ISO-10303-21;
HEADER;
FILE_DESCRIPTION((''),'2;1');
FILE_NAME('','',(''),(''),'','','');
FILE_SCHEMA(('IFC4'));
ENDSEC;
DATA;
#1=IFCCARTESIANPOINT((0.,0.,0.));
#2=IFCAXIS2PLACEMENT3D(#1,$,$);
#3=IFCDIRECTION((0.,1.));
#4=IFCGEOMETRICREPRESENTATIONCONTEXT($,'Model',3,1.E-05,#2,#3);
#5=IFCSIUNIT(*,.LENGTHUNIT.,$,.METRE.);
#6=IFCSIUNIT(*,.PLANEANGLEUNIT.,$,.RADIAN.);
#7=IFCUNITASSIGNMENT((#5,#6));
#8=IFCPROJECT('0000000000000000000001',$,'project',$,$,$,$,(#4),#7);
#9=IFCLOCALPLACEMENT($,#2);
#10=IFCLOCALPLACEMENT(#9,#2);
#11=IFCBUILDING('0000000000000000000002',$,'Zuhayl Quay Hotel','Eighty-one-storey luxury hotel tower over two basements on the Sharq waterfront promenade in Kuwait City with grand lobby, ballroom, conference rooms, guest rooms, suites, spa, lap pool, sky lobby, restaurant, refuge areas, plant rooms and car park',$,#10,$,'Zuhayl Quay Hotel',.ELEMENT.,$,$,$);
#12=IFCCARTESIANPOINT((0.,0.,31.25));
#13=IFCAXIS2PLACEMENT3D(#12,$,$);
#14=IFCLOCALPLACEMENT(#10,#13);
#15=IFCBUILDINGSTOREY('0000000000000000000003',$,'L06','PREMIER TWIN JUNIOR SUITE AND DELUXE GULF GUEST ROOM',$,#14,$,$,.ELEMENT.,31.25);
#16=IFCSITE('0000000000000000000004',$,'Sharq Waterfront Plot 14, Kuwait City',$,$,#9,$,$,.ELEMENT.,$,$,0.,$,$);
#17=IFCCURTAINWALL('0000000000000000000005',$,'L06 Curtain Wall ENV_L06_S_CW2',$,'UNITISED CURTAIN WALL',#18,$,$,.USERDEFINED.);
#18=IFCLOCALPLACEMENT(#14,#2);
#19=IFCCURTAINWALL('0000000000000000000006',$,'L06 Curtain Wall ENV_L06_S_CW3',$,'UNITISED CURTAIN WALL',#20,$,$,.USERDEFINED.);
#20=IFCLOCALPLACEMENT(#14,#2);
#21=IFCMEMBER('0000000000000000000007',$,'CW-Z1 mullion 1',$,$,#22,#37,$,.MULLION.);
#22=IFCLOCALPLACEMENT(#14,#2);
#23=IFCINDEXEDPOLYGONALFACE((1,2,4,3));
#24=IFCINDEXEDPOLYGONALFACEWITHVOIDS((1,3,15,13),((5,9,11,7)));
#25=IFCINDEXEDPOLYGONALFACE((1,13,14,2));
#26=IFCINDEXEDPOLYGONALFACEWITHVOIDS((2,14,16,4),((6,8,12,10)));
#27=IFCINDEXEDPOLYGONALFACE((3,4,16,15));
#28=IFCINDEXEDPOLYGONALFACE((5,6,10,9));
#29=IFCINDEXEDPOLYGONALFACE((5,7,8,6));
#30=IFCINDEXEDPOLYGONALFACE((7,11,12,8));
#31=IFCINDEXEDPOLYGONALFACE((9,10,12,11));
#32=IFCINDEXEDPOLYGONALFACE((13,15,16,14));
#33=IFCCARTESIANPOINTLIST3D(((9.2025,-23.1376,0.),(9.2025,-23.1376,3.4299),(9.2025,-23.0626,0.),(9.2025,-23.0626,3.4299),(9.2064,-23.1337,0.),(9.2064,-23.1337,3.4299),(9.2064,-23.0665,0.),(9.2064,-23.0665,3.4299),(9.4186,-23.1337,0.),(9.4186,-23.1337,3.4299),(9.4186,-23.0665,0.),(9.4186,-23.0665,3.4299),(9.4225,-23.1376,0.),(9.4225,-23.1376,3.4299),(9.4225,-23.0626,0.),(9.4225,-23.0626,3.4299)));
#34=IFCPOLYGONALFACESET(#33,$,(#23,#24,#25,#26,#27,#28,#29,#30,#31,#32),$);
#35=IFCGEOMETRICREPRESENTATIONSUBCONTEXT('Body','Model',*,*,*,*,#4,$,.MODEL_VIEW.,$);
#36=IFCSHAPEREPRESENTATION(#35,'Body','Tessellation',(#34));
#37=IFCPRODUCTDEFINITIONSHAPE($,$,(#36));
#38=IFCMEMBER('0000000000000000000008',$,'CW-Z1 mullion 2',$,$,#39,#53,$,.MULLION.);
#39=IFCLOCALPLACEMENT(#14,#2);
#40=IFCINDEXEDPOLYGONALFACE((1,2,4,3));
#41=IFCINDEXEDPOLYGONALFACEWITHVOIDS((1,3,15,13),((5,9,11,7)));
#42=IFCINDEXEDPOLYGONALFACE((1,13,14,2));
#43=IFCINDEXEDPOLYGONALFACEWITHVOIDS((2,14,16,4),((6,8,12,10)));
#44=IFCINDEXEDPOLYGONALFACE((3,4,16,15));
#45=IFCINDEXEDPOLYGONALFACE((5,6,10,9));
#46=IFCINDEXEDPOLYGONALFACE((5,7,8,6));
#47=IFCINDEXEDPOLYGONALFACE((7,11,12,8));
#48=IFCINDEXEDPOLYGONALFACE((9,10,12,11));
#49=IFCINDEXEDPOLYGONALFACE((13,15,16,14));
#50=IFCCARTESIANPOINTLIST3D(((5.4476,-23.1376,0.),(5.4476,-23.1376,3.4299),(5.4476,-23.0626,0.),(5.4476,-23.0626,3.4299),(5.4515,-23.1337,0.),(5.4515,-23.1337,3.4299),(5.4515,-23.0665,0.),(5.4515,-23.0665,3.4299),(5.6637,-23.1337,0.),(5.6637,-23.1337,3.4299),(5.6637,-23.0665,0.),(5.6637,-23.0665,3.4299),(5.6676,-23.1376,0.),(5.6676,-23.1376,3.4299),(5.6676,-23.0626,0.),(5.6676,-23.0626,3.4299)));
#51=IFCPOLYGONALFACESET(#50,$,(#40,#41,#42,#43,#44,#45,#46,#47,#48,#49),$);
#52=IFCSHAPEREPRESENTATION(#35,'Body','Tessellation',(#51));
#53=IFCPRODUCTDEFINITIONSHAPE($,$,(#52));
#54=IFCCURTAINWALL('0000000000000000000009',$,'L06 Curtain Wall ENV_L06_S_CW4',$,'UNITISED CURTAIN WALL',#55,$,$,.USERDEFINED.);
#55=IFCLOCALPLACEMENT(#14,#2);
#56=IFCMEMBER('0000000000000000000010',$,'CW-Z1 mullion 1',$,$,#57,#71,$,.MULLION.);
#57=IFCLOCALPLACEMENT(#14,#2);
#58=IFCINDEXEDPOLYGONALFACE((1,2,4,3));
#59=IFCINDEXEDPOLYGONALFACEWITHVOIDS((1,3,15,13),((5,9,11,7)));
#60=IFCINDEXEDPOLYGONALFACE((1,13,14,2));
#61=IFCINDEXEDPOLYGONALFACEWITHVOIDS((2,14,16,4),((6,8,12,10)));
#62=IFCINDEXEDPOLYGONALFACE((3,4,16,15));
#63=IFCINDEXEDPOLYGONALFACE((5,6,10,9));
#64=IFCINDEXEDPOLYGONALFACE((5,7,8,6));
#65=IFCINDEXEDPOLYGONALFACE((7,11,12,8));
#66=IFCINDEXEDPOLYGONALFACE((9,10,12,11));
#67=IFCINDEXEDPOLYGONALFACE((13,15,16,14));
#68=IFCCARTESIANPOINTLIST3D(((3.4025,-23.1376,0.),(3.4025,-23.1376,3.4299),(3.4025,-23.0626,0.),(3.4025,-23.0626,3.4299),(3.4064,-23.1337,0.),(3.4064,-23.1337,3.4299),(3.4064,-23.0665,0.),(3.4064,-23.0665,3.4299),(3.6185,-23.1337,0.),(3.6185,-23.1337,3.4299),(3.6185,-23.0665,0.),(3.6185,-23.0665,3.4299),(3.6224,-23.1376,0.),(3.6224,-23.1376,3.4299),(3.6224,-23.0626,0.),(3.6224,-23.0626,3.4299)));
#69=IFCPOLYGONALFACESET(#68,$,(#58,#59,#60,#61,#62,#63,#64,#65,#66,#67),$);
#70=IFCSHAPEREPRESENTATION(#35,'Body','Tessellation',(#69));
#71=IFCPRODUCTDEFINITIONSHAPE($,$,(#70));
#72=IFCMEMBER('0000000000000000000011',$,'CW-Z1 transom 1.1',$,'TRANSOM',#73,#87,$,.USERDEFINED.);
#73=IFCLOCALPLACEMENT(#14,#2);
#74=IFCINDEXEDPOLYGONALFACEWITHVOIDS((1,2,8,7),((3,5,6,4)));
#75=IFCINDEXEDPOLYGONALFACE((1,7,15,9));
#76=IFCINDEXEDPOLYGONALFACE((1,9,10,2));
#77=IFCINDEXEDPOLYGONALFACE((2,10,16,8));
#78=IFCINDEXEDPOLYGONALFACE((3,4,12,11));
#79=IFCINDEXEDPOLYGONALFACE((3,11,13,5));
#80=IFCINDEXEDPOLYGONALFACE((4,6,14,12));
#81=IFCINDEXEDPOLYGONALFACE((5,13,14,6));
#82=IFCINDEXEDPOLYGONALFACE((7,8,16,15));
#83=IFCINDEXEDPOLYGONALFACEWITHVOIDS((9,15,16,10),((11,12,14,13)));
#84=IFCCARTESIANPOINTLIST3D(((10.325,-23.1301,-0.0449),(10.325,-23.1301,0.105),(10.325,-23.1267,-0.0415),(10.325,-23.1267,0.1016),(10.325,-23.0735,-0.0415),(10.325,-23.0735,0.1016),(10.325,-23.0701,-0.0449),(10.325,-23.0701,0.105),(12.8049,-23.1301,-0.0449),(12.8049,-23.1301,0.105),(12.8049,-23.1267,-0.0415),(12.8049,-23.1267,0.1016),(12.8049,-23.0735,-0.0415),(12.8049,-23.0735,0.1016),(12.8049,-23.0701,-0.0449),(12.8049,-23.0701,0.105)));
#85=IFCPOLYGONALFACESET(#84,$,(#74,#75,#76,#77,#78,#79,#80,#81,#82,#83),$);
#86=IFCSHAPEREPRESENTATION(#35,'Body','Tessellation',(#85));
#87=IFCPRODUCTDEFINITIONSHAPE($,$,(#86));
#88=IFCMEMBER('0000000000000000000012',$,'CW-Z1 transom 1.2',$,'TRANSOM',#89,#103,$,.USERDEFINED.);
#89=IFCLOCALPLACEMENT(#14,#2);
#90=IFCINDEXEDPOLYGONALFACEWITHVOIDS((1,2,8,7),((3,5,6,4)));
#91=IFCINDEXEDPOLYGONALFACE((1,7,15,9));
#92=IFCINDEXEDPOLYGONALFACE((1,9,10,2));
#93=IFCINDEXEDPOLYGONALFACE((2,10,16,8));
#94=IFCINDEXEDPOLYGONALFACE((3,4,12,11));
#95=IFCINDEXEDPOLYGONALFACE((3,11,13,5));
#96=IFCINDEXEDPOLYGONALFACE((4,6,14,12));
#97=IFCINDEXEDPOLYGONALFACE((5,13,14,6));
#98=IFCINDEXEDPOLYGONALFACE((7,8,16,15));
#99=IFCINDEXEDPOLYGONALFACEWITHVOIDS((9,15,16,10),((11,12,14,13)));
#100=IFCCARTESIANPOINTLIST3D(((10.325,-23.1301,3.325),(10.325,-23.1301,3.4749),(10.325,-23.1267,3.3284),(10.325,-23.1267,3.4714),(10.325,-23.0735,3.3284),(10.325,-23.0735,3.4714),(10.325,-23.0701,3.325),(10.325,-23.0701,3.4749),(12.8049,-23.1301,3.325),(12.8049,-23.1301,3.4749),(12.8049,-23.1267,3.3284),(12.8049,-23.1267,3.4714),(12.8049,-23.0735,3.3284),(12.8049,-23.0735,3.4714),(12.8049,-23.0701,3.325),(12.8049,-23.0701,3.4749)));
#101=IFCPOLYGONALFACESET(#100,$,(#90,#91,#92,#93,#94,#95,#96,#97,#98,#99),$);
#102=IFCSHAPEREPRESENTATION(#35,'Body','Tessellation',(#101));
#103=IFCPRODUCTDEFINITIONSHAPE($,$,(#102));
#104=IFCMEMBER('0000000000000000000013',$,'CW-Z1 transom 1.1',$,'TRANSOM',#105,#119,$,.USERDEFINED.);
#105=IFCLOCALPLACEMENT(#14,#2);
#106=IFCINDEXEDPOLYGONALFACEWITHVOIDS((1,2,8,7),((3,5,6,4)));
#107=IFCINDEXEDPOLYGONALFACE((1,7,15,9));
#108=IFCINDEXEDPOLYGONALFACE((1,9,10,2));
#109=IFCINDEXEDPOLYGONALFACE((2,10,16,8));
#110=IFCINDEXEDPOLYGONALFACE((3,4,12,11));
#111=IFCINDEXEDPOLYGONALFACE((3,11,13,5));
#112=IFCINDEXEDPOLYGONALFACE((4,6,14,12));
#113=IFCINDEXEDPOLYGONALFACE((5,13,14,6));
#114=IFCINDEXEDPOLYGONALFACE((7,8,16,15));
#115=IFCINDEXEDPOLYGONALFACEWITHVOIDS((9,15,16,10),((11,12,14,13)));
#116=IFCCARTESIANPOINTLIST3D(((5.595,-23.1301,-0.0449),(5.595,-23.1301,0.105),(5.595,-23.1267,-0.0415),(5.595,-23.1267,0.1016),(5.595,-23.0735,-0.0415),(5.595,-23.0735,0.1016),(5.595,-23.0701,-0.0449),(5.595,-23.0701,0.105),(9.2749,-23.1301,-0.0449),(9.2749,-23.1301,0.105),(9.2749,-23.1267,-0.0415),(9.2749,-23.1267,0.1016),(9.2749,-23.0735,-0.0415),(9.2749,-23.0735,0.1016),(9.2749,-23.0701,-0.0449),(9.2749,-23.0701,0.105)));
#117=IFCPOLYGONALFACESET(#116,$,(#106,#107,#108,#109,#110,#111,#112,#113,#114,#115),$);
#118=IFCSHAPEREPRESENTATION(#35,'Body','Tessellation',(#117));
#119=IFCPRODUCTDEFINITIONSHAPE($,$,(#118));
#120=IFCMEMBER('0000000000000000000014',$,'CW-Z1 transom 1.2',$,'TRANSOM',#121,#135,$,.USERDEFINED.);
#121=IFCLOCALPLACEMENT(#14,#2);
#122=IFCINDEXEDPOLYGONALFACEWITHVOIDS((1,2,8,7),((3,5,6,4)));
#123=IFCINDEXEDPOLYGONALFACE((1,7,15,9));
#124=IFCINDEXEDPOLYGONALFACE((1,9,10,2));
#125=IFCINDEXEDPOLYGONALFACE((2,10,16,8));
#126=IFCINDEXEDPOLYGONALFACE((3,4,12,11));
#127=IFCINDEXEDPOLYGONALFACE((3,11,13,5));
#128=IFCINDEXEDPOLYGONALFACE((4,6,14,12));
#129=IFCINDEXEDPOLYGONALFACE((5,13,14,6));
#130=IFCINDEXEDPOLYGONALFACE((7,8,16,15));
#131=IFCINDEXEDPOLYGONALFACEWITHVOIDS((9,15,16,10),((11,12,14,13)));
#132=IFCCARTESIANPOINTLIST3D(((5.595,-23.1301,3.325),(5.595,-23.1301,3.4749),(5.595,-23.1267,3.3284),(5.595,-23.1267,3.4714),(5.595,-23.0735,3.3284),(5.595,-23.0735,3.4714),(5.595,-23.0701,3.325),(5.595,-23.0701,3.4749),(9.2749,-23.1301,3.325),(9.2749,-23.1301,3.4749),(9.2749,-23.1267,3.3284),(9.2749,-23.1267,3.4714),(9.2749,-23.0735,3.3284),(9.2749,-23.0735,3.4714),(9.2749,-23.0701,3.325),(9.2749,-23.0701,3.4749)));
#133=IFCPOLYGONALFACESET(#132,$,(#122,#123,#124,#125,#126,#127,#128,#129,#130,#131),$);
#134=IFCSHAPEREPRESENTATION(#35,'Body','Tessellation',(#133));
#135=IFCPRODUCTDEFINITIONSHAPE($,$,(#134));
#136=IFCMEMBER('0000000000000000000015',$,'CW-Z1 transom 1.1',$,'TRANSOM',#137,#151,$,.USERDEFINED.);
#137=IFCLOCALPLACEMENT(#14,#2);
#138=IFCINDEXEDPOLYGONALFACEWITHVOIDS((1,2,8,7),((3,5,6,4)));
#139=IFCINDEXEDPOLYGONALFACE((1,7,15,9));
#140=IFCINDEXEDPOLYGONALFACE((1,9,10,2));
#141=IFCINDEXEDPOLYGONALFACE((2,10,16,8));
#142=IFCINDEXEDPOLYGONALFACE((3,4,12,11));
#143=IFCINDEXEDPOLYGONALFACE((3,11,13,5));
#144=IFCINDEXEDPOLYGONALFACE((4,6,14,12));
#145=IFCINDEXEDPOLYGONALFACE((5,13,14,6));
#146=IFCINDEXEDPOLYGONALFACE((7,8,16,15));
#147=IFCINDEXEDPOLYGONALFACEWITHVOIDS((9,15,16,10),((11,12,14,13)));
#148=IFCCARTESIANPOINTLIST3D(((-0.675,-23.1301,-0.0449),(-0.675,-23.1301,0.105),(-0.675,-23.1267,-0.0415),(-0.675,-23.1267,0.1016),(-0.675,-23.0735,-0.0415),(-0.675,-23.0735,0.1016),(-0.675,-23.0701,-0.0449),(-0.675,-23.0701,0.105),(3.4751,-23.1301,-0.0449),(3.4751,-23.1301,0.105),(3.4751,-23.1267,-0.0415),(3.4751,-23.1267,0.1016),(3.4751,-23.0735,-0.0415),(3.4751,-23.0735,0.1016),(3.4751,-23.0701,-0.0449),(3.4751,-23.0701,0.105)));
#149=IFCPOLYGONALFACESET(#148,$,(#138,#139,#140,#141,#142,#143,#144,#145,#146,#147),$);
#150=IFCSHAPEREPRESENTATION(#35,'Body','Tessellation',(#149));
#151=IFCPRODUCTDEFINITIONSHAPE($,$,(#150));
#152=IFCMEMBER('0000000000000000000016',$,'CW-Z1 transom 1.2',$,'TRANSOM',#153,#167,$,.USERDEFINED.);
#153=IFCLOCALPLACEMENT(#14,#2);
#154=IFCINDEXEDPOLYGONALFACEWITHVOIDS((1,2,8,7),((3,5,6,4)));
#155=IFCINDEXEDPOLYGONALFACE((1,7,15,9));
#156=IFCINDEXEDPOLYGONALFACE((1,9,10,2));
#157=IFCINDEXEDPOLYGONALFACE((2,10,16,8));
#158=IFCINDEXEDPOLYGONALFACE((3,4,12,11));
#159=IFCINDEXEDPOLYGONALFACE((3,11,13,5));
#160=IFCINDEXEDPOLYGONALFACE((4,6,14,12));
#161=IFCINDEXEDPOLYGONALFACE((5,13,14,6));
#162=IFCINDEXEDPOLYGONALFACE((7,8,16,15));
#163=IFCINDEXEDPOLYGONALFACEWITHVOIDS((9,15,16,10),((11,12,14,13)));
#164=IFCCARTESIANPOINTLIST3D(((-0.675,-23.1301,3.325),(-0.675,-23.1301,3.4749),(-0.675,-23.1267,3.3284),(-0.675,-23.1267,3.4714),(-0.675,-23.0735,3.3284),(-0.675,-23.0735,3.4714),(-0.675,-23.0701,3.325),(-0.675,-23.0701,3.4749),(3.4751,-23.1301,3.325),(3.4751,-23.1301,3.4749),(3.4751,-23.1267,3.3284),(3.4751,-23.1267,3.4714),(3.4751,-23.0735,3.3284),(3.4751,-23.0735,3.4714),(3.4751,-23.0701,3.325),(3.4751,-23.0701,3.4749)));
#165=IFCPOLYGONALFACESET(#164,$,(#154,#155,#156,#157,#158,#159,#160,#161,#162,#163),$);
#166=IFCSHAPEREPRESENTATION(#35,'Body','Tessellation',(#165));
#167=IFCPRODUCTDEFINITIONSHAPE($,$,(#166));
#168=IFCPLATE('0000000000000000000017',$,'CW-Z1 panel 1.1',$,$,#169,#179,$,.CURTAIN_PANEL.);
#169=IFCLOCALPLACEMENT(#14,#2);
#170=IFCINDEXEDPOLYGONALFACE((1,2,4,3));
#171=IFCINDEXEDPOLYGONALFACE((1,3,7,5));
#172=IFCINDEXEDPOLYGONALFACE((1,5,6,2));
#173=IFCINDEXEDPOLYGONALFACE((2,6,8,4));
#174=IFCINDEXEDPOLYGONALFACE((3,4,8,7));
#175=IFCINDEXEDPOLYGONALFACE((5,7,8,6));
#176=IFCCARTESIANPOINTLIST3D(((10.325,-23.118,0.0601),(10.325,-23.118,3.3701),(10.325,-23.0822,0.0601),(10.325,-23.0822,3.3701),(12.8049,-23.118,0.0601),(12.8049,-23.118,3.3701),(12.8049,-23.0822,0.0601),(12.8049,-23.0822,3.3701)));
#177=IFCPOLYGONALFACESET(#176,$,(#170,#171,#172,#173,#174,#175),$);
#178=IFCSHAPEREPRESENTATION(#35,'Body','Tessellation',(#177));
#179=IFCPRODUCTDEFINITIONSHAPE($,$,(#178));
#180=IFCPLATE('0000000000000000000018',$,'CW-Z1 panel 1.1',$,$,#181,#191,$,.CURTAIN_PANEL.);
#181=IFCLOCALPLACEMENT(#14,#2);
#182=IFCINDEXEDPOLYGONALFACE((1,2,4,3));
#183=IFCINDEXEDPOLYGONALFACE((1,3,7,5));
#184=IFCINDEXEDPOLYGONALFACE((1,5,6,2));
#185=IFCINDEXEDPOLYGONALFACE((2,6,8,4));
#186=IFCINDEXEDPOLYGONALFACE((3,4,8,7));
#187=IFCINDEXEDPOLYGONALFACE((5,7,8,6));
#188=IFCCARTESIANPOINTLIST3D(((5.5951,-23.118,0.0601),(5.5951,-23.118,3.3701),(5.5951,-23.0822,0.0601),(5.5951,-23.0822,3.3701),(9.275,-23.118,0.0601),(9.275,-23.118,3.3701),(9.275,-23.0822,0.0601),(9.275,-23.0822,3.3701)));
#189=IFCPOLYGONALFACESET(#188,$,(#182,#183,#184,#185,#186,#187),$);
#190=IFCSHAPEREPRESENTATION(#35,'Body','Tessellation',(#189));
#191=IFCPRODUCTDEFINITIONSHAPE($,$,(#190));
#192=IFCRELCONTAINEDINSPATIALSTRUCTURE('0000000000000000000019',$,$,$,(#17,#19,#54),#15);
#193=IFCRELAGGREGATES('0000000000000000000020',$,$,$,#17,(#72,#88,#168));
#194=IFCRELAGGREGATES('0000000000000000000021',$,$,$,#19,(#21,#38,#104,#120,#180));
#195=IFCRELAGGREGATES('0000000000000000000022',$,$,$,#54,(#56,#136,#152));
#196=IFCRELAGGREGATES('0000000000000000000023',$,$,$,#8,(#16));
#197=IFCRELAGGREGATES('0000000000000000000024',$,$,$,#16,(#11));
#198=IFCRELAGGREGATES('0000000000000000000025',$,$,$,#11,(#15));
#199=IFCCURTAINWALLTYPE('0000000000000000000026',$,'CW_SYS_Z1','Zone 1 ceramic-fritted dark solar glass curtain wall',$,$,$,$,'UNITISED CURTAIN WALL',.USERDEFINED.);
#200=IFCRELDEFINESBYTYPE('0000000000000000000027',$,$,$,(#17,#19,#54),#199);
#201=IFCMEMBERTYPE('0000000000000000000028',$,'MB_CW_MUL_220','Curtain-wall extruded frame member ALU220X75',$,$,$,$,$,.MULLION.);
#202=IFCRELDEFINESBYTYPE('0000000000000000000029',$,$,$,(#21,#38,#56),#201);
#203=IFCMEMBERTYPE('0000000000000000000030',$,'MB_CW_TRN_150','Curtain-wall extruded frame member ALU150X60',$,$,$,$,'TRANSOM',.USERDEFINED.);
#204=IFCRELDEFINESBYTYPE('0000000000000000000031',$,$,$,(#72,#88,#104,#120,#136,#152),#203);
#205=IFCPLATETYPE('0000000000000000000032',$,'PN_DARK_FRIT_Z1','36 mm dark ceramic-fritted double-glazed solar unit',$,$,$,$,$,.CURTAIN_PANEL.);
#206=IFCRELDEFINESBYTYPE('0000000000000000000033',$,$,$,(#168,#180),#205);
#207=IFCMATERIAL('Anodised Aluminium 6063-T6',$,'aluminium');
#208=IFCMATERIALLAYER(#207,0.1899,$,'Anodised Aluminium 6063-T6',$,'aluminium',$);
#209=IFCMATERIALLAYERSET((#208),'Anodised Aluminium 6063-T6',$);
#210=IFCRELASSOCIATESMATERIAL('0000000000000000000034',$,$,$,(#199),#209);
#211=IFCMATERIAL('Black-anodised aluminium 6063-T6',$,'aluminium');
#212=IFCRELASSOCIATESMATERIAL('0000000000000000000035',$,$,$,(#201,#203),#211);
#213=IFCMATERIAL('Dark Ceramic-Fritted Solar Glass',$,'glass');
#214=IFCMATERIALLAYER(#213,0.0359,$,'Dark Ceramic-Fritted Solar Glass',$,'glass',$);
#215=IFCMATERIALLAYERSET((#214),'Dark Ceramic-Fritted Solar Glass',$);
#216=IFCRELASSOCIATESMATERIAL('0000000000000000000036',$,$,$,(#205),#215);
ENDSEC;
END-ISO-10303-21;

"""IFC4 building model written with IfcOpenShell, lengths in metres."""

from ifc_helpers import new_model, si_unit, direction, frame, origin, origin_2d, place, context, subcontext, project, spatial, rectangle, hollow_rectangle, extrude, material, layer, layer_set, material_profile, profile_set, type_object, element, aggregate, save


model = new_model("IFC4")

# Units and contexts
model_context = context("Model", 3, precision=1e-05, world=origin(), true_north=direction((0.0, 1.0)))
body_context = subcontext(model_context, "Body", "Model", "MODEL_VIEW")
ifc_project = project(units=[si_unit("LENGTHUNIT", "METRE"), si_unit("PLANEANGLEUNIT", "RADIAN")], contexts=[model_context])

# Site, building, storey
site_placement = place(None, origin())
site = spatial("IfcSite", under=ifc_project, at=site_placement, Name="Sharq Waterfront Plot 14, Kuwait City", CompositionType="ELEMENT", RefElevation=0.0)
building_placement = place(site_placement, origin())
building = spatial("IfcBuilding", under=site, at=building_placement, Name="Zuhayl Quay Hotel", Description="Eighty-one-storey luxury hotel tower over two basements on the Sharq waterfront promenade in Kuwait City with grand lobby, ballroom, conference rooms, guest rooms, suites, spa, lap pool, sky lobby, restaurant, refuge areas, plant rooms and car park", LongName="Zuhayl Quay Hotel", CompositionType="ELEMENT")
storey_placement = place(building_placement, frame((0.0, 0.0, 31.25)))
storey = spatial("IfcBuildingStorey", under=building, at=storey_placement, Name="L06", Description="PREMIER TWIN JUNIOR SUITE AND DELUXE GULF GUEST ROOM", CompositionType="ELEMENT", Elevation=31.25)

# Curtain wall
ifc_material_1 = material(Name="Anodised Aluminium 6063-T6", Category="aluminium")
ifc_layer_1 = layer(ifc_material_1, 0.1899, Name="Anodised Aluminium 6063-T6", Category="aluminium")
ifc_layer_set_1 = layer_set([ifc_layer_1], Name="Anodised Aluminium 6063-T6")
curtain_wall_type = type_object("IfcCurtainWallType", Name="CW_SYS_Z1", Description="Zone 1 ceramic-fritted dark solar glass curtain wall", ElementType="UNITISED CURTAIN WALL", PredefinedType="USERDEFINED", material=ifc_layer_set_1)
curtain_wall_1_placement = place(storey_placement, origin())
curtain_wall_1 = element("IfcCurtainWall", 1, at=curtain_wall_1_placement, inside=storey, type_object=curtain_wall_type, Name="L06 Curtain Wall ENV_L06_S_CW2", ObjectType="UNITISED CURTAIN WALL", PredefinedType="USERDEFINED")
ifc_material_2 = material(Name="Black-anodised aluminium 6063-T6", Category="aluminium")
ifc_material_profile_1 = material_profile(ifc_material_2, hollow_rectangle(XDim=0.075, YDim=0.22, WallThickness=0.0039, at=origin_2d()), Name="ALU220X75")
ifc_profile_set_1 = profile_set([ifc_material_profile_1], Name="Black-anodised aluminium 6063-T6")
member_type_1 = type_object("IfcMemberType", Name="MB_CW_MUL_220", Description="Curtain-wall extruded frame member ALU220X75", PredefinedType="MULLION", material=ifc_profile_set_1)

# Curtain wall, members
curtain_wall_2_placement = place(storey_placement, origin())
curtain_wall_2 = element("IfcCurtainWall", 2, at=curtain_wall_2_placement, inside=storey, type_object=curtain_wall_type, Name="L06 Curtain Wall ENV_L06_S_CW3", ObjectType="UNITISED CURTAIN WALL", PredefinedType="USERDEFINED")
member_1_placement = place(storey_placement, frame((9.3125, -23.1001, 0.0), z_axis=(0.0, 0.0, 1.0), x_axis=(0.0, -1.0, 0.0)))
member_1 = element("IfcMember", 3, at=member_1_placement, type_object=member_type_1, Name="CW-Z1 mullion 1", PredefinedType="MULLION", context=body_context, shape_type="SweptSolid", body=[
    extrude(hollow_rectangle(XDim=0.075, YDim=0.22, WallThickness=0.0039, at=origin_2d()), origin(), (0.0, 0.0, 1.0), 3.4299),
])
member_2_placement = place(storey_placement, frame((5.5576, -23.1001, 0.0), z_axis=(0.0, 0.0, 1.0), x_axis=(0.0, -1.0, 0.0)))
member_2 = element("IfcMember", 4, at=member_2_placement, type_object=member_type_1, Name="CW-Z1 mullion 2", PredefinedType="MULLION", context=body_context, shape_type="SweptSolid", body=[
    extrude(hollow_rectangle(XDim=0.075, YDim=0.22, WallThickness=0.0039, at=origin_2d()), origin(), (0.0, 0.0, 1.0), 3.4299),
])

# Curtain wall, member
curtain_wall_3_placement = place(storey_placement, origin())
curtain_wall_3 = element("IfcCurtainWall", 5, at=curtain_wall_3_placement, inside=storey, type_object=curtain_wall_type, Name="L06 Curtain Wall ENV_L06_S_CW4", ObjectType="UNITISED CURTAIN WALL", PredefinedType="USERDEFINED")
member_3_placement = place(storey_placement, frame((3.5125, -23.1001, 0.0), z_axis=(0.0, 0.0, 1.0), x_axis=(0.0, -1.0, 0.0)))
member_3 = element("IfcMember", 6, at=member_3_placement, type_object=member_type_1, Name="CW-Z1 mullion 1", PredefinedType="MULLION", context=body_context, shape_type="SweptSolid", body=[
    extrude(hollow_rectangle(XDim=0.075, YDim=0.22, WallThickness=0.0039, at=origin_2d()), origin(), (0.0, 0.0, 1.0), 3.4299),
])

# Members
ifc_material_profile_2 = material_profile(ifc_material_2, hollow_rectangle(XDim=0.0601, YDim=0.1499, WallThickness=0.0034, at=origin_2d()), Name="ALU150X60")
ifc_profile_set_2 = profile_set([ifc_material_profile_2], Name="Black-anodised aluminium 6063-T6")
member_type_2 = type_object("IfcMemberType", Name="MB_CW_TRN_150", Description="Curtain-wall extruded frame member ALU150X60", ElementType="TRANSOM", PredefinedType="USERDEFINED", material=ifc_profile_set_2)
member_4_placement = place(storey_placement, frame((12.8049, -23.1001, 0.03), z_axis=(-1.0, 0.0, 0.0), x_axis=(0.0, -1.0, 0.0)))
member_4 = element("IfcMember", 7, at=member_4_placement, type_object=member_type_2, Name="CW-Z1 transom 1.1", ObjectType="TRANSOM", PredefinedType="USERDEFINED", context=body_context, shape_type="SweptSolid", body=[
    extrude(hollow_rectangle(XDim=0.0601, YDim=0.1499, WallThickness=0.0034, at=origin_2d()), origin(), (0.0, 0.0, 1.0), 2.48),
])
member_5_placement = place(storey_placement, frame((12.8049, -23.1001, 3.3999), z_axis=(-1.0, 0.0, 0.0), x_axis=(0.0, -1.0, 0.0)))
member_5 = element("IfcMember", 8, at=member_5_placement, type_object=member_type_2, Name="CW-Z1 transom 1.2", ObjectType="TRANSOM", PredefinedType="USERDEFINED", context=body_context, shape_type="SweptSolid", body=[
    extrude(hollow_rectangle(XDim=0.0601, YDim=0.1499, WallThickness=0.0034, at=origin_2d()), origin(), (0.0, 0.0, 1.0), 2.48),
])
member_6_placement = place(storey_placement, frame((9.2749, -23.1001, 0.03), z_axis=(-1.0, 0.0, 0.0), x_axis=(0.0, -1.0, 0.0)))
member_6 = element("IfcMember", 9, at=member_6_placement, type_object=member_type_2, Name="CW-Z1 transom 1.1", ObjectType="TRANSOM", PredefinedType="USERDEFINED", context=body_context, shape_type="SweptSolid", body=[
    extrude(hollow_rectangle(XDim=0.0601, YDim=0.1499, WallThickness=0.0034, at=origin_2d()), origin(), (0.0, 0.0, 1.0), 3.6799),
])
member_7_placement = place(storey_placement, frame((9.2749, -23.1001, 3.3999), z_axis=(-1.0, 0.0, 0.0), x_axis=(0.0, -1.0, 0.0)))
member_7 = element("IfcMember", 10, at=member_7_placement, type_object=member_type_2, Name="CW-Z1 transom 1.2", ObjectType="TRANSOM", PredefinedType="USERDEFINED", context=body_context, shape_type="SweptSolid", body=[
    extrude(hollow_rectangle(XDim=0.0601, YDim=0.1499, WallThickness=0.0034, at=origin_2d()), origin(), (0.0, 0.0, 1.0), 3.6799),
])
member_8_placement = place(storey_placement, frame((3.4751, -23.1001, 0.03), z_axis=(-1.0, 0.0, 0.0), x_axis=(0.0, -1.0, 0.0)))
member_8 = element("IfcMember", 11, at=member_8_placement, type_object=member_type_2, Name="CW-Z1 transom 1.1", ObjectType="TRANSOM", PredefinedType="USERDEFINED", context=body_context, shape_type="SweptSolid", body=[
    extrude(hollow_rectangle(XDim=0.0601, YDim=0.1499, WallThickness=0.0034, at=origin_2d()), origin(), (0.0, 0.0, 1.0), 4.1501),
])
member_9_placement = place(storey_placement, frame((3.4751, -23.1001, 3.3999), z_axis=(-1.0, 0.0, 0.0), x_axis=(0.0, -1.0, 0.0)))
member_9 = element("IfcMember", 12, at=member_9_placement, type_object=member_type_2, Name="CW-Z1 transom 1.2", ObjectType="TRANSOM", PredefinedType="USERDEFINED", context=body_context, shape_type="SweptSolid", body=[
    extrude(hollow_rectangle(XDim=0.0601, YDim=0.1499, WallThickness=0.0034, at=origin_2d()), origin(), (0.0, 0.0, 1.0), 4.1501),
])

# Plates
ifc_material_3 = material(Name="Dark Ceramic-Fritted Solar Glass", Category="glass")
ifc_layer_2 = layer(ifc_material_3, 0.0359, Name="Dark Ceramic-Fritted Solar Glass", Category="glass")
ifc_layer_set_2 = layer_set([ifc_layer_2], Name="Dark Ceramic-Fritted Solar Glass")
plate_type = type_object("IfcPlateType", Name="PN_DARK_FRIT_Z1", Description="36 mm dark ceramic-fritted double-glazed solar unit", PredefinedType="CURTAIN_PANEL", material=ifc_layer_set_2)
plate_1_placement = place(storey_placement, frame((11.5649, -23.1001, 0.0601), z_axis=(0.0, 0.0, 1.0), x_axis=(-1.0, 0.0, 0.0)))
plate_1 = element("IfcPlate", 13, at=plate_1_placement, type_object=plate_type, Name="CW-Z1 panel 1.1", PredefinedType="CURTAIN_PANEL", context=body_context, shape_type="SweptSolid", body=[
    extrude(rectangle(XDim=2.48, YDim=0.0359, at=origin_2d()), origin(), (0.0, 0.0, 1.0), 3.3101),
])
aggregate(curtain_wall_1, [member_4, member_5, plate_1])
plate_2_placement = place(storey_placement, frame((7.4351, -23.1001, 0.0601), z_axis=(0.0, 0.0, 1.0), x_axis=(-1.0, 0.0, 0.0)))
plate_2 = element("IfcPlate", 14, at=plate_2_placement, type_object=plate_type, Name="CW-Z1 panel 1.1", PredefinedType="CURTAIN_PANEL", context=body_context, shape_type="SweptSolid", body=[
    extrude(rectangle(XDim=3.6799, YDim=0.0359, at=origin_2d()), origin(), (0.0, 0.0, 1.0), 3.3101),
])
aggregate(curtain_wall_2, [member_1, member_2, member_6, member_7, plate_2])
aggregate(curtain_wall_3, [member_3, member_8, member_9])

save(model, "model.ifc")
